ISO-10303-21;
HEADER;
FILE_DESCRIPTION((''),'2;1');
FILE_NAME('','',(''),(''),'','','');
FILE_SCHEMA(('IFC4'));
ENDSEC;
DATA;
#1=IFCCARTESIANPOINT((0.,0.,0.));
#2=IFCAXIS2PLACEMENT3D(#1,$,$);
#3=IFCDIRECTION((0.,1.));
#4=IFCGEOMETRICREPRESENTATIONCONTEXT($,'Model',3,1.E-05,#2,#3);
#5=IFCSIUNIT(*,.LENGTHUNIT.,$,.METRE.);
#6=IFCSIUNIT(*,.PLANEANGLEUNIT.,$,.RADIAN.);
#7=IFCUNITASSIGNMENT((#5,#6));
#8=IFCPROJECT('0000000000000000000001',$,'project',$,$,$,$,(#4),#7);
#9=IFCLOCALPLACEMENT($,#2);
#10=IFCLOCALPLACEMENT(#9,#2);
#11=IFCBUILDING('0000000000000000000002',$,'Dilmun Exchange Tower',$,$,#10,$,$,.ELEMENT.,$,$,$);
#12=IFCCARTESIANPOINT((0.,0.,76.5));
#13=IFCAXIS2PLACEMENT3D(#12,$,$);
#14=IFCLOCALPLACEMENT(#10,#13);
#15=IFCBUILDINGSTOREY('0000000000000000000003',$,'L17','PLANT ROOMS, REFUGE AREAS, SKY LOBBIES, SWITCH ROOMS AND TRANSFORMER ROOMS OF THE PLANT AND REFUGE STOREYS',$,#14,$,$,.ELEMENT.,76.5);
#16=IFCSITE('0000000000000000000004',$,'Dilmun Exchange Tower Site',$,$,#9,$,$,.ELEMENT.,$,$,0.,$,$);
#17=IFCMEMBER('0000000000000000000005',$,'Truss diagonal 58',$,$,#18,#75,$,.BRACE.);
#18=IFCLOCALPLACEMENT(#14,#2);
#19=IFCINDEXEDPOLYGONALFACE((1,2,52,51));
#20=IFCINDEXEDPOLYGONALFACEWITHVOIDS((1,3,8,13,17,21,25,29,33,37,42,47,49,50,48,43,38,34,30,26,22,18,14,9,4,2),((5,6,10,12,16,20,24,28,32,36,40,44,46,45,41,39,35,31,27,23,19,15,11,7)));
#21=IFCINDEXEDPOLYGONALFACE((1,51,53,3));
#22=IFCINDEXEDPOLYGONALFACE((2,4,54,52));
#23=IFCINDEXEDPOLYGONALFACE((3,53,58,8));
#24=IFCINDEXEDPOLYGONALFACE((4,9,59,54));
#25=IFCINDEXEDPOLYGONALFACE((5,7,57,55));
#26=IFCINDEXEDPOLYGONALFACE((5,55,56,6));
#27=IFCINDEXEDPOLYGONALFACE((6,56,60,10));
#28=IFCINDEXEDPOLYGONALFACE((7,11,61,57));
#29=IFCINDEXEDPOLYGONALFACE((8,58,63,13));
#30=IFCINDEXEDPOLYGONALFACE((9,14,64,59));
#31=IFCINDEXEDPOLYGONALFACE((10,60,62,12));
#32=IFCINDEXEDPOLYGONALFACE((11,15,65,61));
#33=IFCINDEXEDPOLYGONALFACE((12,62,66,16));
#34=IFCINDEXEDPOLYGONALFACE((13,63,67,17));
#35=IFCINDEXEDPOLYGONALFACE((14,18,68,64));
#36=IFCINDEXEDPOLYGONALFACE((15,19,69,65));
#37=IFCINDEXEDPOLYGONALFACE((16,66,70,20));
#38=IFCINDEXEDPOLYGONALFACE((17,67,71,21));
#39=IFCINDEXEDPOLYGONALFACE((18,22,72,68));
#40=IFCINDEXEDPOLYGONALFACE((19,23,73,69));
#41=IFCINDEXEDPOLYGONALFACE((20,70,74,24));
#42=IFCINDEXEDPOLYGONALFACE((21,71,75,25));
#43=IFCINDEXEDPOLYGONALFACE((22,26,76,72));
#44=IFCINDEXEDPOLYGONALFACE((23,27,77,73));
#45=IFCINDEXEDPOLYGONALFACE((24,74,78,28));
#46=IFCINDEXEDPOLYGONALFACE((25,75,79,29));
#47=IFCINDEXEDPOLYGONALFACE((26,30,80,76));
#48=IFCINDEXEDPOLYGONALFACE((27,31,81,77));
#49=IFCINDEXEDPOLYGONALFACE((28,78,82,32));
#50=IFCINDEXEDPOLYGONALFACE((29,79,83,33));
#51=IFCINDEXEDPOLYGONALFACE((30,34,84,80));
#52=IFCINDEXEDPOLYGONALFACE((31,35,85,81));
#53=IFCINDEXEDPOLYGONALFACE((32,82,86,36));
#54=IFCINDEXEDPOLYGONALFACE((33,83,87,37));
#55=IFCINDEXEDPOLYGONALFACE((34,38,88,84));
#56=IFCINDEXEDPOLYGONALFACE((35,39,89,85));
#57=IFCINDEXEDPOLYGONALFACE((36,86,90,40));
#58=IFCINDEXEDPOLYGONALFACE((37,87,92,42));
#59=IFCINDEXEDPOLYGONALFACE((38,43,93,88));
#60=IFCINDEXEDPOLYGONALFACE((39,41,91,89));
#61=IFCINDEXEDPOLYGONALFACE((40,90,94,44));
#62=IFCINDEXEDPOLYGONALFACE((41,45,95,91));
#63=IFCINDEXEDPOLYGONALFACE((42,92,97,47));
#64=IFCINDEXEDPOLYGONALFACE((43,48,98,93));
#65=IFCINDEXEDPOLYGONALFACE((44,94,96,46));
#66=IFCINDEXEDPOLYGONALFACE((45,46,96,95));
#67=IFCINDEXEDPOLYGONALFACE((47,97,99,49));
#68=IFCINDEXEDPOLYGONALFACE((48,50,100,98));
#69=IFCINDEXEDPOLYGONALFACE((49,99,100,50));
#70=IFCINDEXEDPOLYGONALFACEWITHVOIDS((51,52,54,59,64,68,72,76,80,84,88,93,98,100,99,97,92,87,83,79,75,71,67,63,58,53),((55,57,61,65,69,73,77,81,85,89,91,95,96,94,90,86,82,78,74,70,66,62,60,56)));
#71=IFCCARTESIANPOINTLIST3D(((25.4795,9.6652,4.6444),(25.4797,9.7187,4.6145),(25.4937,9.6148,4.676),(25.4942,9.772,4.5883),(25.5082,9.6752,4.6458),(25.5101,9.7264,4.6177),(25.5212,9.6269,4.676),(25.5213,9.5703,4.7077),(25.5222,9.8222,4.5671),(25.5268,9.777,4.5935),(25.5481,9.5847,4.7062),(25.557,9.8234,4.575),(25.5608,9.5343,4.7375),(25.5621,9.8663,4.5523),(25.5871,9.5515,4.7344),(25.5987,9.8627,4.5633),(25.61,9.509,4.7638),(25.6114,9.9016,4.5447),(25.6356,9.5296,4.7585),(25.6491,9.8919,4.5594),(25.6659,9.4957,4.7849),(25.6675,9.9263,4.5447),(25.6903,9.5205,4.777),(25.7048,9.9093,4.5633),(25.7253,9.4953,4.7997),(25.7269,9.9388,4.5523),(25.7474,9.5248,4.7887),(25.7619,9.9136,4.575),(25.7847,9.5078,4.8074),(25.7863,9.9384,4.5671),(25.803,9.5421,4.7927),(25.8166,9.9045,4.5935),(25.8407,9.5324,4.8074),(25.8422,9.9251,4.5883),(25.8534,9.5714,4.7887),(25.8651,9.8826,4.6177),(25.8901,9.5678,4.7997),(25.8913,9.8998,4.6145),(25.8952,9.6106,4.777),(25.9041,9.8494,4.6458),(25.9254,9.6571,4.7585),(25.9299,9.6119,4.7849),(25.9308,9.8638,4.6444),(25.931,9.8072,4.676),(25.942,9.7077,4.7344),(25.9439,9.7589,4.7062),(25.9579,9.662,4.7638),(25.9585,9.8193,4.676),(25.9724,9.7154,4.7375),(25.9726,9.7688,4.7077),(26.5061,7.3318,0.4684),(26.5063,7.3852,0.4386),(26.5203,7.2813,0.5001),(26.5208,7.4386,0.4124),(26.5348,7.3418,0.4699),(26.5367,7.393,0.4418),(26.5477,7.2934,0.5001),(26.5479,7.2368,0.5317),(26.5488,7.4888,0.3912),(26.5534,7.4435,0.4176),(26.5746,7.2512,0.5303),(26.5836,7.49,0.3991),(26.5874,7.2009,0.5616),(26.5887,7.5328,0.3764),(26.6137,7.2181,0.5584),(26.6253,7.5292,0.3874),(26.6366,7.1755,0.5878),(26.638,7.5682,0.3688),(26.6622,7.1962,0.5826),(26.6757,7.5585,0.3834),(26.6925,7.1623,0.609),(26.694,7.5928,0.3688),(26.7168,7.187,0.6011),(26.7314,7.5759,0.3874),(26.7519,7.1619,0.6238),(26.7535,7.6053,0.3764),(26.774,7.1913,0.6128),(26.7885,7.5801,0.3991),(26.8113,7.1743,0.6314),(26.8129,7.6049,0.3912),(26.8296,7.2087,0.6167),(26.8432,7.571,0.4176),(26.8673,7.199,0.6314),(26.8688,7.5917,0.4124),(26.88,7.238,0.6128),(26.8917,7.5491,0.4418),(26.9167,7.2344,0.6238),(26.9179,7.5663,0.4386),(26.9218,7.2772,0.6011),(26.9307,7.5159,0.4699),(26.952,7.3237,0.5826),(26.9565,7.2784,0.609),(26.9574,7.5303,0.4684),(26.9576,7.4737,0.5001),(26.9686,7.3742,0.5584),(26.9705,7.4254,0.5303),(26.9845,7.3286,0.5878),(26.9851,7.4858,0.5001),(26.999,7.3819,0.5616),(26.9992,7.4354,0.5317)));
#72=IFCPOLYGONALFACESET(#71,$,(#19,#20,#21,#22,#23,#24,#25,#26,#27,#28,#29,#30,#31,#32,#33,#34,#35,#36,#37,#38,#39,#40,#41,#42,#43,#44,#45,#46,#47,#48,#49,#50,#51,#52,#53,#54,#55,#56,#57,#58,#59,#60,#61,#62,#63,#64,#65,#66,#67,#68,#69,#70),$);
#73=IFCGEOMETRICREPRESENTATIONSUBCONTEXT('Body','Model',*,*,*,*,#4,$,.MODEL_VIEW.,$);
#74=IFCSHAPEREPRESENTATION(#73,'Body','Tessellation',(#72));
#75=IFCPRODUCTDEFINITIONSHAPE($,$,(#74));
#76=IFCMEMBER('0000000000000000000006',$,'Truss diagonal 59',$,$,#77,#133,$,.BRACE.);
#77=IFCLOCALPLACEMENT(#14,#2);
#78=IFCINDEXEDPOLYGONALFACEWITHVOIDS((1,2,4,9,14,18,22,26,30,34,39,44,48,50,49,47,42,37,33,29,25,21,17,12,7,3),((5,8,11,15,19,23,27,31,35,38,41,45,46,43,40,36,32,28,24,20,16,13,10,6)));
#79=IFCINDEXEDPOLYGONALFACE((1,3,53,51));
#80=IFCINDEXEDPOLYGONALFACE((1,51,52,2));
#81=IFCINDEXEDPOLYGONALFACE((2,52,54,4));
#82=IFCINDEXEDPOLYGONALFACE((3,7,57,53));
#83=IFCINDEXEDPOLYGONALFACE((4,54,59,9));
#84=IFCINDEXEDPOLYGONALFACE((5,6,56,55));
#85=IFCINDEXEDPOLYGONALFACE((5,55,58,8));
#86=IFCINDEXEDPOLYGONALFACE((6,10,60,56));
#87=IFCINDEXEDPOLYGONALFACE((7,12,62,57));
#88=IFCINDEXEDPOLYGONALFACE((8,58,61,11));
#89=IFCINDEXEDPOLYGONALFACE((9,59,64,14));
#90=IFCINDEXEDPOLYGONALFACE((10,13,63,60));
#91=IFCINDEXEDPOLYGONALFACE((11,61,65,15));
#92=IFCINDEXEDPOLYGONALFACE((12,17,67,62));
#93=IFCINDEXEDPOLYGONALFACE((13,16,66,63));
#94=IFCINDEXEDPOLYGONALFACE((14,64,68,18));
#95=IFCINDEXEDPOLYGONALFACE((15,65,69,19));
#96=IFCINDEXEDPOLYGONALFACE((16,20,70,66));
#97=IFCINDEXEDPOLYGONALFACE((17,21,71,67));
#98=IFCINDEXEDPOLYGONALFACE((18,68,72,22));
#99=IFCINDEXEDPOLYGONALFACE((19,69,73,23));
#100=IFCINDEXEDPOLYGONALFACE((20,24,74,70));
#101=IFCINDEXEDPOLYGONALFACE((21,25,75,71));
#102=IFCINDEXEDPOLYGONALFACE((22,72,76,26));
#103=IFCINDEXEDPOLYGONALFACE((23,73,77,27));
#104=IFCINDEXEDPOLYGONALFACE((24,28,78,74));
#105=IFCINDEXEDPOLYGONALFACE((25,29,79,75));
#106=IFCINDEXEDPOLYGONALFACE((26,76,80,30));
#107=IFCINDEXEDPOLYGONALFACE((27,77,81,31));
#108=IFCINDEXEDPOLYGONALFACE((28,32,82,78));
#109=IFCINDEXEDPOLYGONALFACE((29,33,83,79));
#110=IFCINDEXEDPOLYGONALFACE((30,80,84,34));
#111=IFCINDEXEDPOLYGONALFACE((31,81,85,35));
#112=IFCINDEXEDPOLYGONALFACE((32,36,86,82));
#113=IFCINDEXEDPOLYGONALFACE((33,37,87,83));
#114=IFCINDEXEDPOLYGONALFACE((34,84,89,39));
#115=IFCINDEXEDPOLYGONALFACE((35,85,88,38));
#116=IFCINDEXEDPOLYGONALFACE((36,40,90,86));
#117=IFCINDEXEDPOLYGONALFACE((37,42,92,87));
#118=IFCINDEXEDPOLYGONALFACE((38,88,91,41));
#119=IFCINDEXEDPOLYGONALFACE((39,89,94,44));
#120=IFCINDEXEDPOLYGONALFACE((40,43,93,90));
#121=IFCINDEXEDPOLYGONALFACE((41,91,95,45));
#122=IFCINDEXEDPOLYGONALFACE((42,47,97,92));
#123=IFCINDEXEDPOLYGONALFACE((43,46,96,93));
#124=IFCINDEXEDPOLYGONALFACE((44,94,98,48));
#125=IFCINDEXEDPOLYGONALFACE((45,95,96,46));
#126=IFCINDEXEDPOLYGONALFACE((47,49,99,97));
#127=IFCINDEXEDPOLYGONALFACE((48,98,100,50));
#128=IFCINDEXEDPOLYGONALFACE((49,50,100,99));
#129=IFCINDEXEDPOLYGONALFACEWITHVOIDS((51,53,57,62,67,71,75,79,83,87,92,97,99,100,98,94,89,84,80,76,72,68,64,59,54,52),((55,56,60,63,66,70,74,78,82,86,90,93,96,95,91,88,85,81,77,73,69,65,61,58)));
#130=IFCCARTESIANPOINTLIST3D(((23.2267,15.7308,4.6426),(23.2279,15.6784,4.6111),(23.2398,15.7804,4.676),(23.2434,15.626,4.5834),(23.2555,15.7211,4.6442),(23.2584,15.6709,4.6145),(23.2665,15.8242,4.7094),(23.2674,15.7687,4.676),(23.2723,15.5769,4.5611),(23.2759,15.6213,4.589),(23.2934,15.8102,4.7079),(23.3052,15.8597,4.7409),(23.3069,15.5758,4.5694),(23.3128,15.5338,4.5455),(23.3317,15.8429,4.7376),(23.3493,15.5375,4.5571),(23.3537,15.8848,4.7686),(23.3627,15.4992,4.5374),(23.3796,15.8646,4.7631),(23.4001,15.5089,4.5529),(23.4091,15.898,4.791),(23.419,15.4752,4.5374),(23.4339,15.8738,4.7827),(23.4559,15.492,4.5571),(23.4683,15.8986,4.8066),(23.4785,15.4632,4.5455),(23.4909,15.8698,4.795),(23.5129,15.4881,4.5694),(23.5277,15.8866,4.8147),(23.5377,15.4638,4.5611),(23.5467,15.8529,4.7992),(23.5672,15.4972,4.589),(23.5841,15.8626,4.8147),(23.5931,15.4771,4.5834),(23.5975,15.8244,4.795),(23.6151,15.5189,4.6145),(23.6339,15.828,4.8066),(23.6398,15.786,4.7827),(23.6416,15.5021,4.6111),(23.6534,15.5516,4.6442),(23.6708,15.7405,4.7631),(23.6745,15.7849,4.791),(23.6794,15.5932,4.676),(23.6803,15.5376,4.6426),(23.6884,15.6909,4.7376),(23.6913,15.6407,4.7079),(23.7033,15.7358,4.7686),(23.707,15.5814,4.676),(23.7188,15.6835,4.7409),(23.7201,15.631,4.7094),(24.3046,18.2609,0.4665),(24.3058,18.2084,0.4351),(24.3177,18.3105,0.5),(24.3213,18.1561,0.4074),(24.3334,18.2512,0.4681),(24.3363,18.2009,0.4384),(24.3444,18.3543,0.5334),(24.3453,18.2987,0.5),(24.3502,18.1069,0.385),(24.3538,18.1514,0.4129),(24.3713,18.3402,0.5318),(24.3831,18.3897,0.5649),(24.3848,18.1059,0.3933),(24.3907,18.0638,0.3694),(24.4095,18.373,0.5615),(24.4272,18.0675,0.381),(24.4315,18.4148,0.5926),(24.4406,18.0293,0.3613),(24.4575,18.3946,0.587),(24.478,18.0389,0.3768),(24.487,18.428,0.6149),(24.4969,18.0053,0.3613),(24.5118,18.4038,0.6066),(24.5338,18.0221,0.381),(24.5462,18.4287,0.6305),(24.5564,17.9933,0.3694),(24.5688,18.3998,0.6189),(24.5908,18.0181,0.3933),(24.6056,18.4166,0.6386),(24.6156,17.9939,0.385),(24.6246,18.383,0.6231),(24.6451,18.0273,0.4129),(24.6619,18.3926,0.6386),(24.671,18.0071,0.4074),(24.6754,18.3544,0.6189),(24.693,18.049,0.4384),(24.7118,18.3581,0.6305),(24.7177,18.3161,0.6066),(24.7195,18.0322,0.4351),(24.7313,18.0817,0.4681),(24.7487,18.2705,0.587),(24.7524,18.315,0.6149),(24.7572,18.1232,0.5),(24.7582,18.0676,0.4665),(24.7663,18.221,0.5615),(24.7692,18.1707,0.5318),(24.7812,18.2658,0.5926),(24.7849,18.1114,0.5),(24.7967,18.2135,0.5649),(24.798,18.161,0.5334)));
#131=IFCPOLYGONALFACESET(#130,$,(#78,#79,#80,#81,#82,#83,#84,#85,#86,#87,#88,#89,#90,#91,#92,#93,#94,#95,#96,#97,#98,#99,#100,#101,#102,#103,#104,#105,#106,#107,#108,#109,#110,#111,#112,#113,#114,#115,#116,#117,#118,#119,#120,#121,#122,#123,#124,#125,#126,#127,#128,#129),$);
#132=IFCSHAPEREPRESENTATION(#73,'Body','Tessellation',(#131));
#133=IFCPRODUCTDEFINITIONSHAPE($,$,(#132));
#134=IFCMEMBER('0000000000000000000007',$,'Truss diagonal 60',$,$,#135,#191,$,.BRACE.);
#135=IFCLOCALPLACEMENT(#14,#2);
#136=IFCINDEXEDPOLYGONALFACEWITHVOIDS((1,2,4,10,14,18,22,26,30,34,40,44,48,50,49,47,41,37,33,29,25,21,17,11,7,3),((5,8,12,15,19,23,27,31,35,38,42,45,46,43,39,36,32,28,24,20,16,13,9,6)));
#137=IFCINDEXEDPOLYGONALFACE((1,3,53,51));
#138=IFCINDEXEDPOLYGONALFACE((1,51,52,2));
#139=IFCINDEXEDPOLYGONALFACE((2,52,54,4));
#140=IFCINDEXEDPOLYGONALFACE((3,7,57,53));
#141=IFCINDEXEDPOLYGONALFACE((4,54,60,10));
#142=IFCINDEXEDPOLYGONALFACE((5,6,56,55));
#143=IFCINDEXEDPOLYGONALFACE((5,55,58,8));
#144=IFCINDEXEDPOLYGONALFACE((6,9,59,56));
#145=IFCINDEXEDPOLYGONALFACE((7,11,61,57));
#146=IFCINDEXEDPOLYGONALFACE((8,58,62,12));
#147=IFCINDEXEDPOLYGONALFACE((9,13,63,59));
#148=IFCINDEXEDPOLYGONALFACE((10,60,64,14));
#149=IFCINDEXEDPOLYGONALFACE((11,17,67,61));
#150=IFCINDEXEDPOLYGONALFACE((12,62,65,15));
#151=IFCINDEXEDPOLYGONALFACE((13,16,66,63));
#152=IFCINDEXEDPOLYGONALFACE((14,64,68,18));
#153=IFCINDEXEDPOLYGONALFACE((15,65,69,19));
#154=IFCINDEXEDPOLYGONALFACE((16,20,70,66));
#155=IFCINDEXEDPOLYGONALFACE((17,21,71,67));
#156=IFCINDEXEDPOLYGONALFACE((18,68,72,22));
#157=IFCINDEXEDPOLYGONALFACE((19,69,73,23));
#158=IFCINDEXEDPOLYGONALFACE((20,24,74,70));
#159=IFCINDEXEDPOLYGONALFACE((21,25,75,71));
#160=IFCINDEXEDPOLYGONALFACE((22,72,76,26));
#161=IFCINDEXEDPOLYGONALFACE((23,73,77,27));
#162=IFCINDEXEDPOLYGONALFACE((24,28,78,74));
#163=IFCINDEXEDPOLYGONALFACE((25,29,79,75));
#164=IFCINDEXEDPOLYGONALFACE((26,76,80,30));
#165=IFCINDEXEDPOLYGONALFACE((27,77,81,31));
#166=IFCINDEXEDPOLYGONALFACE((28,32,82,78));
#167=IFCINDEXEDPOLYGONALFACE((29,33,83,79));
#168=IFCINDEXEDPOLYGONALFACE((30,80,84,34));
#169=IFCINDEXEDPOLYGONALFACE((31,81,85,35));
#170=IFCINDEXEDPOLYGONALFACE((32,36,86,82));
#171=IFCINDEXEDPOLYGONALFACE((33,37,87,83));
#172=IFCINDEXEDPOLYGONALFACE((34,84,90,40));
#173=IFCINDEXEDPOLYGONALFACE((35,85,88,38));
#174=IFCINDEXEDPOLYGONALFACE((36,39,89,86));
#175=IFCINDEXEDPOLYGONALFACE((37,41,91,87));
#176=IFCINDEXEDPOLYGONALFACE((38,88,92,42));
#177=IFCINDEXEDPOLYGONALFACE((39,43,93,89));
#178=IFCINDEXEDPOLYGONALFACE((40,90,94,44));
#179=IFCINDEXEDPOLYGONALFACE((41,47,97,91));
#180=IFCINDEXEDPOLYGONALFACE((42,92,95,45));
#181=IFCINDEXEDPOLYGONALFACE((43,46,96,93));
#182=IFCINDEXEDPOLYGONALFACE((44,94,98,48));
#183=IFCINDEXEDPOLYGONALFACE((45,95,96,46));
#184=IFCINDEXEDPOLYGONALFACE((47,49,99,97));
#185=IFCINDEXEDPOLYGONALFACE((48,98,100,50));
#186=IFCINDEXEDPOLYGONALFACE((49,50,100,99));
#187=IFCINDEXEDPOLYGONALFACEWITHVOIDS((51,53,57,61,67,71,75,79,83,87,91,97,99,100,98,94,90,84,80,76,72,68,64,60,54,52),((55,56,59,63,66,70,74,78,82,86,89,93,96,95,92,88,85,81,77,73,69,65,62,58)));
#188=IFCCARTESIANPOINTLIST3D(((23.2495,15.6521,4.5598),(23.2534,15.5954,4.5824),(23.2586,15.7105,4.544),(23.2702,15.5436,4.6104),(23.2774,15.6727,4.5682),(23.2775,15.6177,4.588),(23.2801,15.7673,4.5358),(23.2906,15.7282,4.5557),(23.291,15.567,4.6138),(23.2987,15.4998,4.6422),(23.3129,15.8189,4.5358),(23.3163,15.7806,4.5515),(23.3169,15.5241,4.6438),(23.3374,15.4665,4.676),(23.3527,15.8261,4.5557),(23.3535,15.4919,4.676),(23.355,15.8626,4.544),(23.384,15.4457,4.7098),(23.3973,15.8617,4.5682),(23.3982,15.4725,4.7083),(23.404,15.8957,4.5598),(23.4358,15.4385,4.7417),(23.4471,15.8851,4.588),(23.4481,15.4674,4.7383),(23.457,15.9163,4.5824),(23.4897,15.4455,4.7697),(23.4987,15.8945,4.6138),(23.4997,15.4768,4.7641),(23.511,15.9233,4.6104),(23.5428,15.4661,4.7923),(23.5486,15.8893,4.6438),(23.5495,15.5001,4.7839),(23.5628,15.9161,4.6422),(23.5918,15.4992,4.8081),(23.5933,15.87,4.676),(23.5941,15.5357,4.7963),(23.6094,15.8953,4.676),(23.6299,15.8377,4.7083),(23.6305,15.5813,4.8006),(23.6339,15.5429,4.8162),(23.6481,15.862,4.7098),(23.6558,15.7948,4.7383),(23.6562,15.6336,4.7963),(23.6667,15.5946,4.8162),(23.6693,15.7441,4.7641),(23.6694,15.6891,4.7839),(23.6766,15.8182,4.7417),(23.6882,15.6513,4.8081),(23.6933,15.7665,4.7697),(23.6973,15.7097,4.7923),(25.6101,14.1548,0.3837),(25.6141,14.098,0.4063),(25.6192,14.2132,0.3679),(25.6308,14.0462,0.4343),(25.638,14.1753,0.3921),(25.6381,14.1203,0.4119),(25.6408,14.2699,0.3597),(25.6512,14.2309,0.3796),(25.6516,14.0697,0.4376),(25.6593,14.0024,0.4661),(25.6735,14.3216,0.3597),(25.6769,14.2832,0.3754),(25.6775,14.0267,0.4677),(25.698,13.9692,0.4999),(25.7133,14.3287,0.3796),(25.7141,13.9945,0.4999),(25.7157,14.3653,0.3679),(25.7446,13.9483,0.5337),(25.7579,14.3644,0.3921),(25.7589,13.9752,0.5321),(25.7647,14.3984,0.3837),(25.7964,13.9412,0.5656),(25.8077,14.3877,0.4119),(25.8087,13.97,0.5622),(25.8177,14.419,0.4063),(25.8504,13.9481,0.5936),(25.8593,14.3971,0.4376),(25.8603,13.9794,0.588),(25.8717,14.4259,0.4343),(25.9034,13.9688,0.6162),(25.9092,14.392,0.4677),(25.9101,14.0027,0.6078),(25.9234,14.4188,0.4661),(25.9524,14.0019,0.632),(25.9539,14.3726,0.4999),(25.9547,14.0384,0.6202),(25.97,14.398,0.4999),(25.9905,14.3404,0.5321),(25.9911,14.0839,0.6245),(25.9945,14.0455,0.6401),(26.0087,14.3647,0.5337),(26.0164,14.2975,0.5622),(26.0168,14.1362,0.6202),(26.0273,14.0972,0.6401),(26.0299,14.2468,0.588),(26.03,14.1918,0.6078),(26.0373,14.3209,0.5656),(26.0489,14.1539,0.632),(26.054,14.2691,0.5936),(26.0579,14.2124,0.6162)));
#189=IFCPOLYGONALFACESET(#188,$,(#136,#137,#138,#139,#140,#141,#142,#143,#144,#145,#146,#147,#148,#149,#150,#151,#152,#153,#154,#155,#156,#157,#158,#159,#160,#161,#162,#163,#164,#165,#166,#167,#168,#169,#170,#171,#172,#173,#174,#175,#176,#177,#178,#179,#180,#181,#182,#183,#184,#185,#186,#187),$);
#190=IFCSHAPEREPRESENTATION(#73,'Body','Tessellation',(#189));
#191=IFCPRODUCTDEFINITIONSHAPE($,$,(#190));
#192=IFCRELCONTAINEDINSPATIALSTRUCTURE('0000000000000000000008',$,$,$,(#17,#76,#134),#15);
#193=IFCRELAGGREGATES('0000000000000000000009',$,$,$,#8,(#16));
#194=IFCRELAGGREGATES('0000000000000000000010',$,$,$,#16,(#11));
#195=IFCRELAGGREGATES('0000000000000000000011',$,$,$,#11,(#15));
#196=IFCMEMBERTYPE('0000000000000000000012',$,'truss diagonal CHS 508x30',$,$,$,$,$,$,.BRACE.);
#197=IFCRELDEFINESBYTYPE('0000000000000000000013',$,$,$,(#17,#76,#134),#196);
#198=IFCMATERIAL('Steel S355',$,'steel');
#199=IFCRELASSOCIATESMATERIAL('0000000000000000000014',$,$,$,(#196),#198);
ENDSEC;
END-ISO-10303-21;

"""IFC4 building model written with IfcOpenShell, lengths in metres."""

from ifc_helpers import new_model, si_unit, direction, frame, origin, origin_2d, place, context, subcontext, project, spatial, hollow_circle, extrude, material, material_profile, profile_set, type_object, element, save


model = new_model("IFC4")

# Units and contexts
model_context = context("Model", 3, precision=1e-05, world=origin(), true_north=direction((0.0, 1.0)))
body_context = subcontext(model_context, "Body", "Model", "MODEL_VIEW")
ifc_project = project(units=[si_unit("LENGTHUNIT", "METRE"), si_unit("PLANEANGLEUNIT", "RADIAN")], contexts=[model_context])

# Site, building, storey
site_placement = place(None, origin())
site = spatial("IfcSite", under=ifc_project, at=site_placement, Name="Dilmun Exchange Tower Site", CompositionType="ELEMENT", RefElevation=0.0)
building_placement = place(site_placement, origin())
building = spatial("IfcBuilding", under=site, at=building_placement, Name="Dilmun Exchange Tower", CompositionType="ELEMENT")
storey_placement = place(building_placement, frame((0.0, 0.0, 76.5)))
storey = spatial("IfcBuildingStorey", under=building, at=storey_placement, Name="L17", Description="PLANT ROOMS, REFUGE AREAS, SKY LOBBIES, SWITCH ROOMS AND TRANSFORMER ROOMS OF THE PLANT AND REFUGE STOREYS", CompositionType="ELEMENT", Elevation=76.5)

# Shared definitions
ifc_material_1 = material(Name="Steel S355", Category="steel")

# Members
ifc_material_profile_1 = material_profile(ifc_material_1, hollow_circle(Radius=0.2539, WallThickness=0.03, at=origin_2d()), Name="CHS 508x30")
ifc_profile_set_1 = profile_set([ifc_material_profile_1], Name="Steel S355")
member_type = type_object("IfcMemberType", Name="truss diagonal CHS 508x30", PredefinedType="BRACE", material=ifc_profile_set_1)
for number, where, z_axis, x_axis, name in (
    (1, (25.7261, 9.717, 4.676), (0.209826, -0.476936, -0.853525), (0.915333, 0.402697, 0.0), "Truss diagonal 58"),
):
    element("IfcMember", number, at=place(storey_placement, frame(where, z_axis=z_axis, x_axis=x_axis)), inside=storey, type_object=member_type, Name=name, PredefinedType="BRACE", context=body_context, shape_type="SweptSolid", body=[
        extrude(hollow_circle(Radius=0.2539, WallThickness=0.03, at=origin_2d()), origin(), (0.0, 0.0, 1.0), 4.8926),
    ])
member_1_placement = place(storey_placement, frame((23.4734, 15.6809, 4.676), z_axis=(0.215567, 0.505985, -0.835171), x_axis=(-0.919988, 0.391947, 0.0)))
element("IfcMember", 2, at=member_1_placement, inside=storey, type_object=member_type, Name="Truss diagonal 59", PredefinedType="BRACE", context=body_context, shape_type="SweptSolid", body=[
    extrude(hollow_circle(Radius=0.2539, WallThickness=0.03, at=origin_2d()), origin(), (0.0, 0.0, 1.0), 5.0002),
])
member_2_placement = place(storey_placement, frame((23.4734, 15.6809, 4.676), z_axis=(0.469743, -0.297956, -0.831002), x_axis=(0.535632, 0.844452, 0.0)))
element("IfcMember", 3, at=member_2_placement, inside=storey, type_object=member_type, Name="Truss diagonal 60", PredefinedType="BRACE", context=body_context, shape_type="SweptSolid", body=[
    extrude(hollow_circle(Radius=0.2539, WallThickness=0.03, at=origin_2d()), origin(), (0.0, 0.0, 1.0), 5.0254),
])

save(model, "model.ifc")
